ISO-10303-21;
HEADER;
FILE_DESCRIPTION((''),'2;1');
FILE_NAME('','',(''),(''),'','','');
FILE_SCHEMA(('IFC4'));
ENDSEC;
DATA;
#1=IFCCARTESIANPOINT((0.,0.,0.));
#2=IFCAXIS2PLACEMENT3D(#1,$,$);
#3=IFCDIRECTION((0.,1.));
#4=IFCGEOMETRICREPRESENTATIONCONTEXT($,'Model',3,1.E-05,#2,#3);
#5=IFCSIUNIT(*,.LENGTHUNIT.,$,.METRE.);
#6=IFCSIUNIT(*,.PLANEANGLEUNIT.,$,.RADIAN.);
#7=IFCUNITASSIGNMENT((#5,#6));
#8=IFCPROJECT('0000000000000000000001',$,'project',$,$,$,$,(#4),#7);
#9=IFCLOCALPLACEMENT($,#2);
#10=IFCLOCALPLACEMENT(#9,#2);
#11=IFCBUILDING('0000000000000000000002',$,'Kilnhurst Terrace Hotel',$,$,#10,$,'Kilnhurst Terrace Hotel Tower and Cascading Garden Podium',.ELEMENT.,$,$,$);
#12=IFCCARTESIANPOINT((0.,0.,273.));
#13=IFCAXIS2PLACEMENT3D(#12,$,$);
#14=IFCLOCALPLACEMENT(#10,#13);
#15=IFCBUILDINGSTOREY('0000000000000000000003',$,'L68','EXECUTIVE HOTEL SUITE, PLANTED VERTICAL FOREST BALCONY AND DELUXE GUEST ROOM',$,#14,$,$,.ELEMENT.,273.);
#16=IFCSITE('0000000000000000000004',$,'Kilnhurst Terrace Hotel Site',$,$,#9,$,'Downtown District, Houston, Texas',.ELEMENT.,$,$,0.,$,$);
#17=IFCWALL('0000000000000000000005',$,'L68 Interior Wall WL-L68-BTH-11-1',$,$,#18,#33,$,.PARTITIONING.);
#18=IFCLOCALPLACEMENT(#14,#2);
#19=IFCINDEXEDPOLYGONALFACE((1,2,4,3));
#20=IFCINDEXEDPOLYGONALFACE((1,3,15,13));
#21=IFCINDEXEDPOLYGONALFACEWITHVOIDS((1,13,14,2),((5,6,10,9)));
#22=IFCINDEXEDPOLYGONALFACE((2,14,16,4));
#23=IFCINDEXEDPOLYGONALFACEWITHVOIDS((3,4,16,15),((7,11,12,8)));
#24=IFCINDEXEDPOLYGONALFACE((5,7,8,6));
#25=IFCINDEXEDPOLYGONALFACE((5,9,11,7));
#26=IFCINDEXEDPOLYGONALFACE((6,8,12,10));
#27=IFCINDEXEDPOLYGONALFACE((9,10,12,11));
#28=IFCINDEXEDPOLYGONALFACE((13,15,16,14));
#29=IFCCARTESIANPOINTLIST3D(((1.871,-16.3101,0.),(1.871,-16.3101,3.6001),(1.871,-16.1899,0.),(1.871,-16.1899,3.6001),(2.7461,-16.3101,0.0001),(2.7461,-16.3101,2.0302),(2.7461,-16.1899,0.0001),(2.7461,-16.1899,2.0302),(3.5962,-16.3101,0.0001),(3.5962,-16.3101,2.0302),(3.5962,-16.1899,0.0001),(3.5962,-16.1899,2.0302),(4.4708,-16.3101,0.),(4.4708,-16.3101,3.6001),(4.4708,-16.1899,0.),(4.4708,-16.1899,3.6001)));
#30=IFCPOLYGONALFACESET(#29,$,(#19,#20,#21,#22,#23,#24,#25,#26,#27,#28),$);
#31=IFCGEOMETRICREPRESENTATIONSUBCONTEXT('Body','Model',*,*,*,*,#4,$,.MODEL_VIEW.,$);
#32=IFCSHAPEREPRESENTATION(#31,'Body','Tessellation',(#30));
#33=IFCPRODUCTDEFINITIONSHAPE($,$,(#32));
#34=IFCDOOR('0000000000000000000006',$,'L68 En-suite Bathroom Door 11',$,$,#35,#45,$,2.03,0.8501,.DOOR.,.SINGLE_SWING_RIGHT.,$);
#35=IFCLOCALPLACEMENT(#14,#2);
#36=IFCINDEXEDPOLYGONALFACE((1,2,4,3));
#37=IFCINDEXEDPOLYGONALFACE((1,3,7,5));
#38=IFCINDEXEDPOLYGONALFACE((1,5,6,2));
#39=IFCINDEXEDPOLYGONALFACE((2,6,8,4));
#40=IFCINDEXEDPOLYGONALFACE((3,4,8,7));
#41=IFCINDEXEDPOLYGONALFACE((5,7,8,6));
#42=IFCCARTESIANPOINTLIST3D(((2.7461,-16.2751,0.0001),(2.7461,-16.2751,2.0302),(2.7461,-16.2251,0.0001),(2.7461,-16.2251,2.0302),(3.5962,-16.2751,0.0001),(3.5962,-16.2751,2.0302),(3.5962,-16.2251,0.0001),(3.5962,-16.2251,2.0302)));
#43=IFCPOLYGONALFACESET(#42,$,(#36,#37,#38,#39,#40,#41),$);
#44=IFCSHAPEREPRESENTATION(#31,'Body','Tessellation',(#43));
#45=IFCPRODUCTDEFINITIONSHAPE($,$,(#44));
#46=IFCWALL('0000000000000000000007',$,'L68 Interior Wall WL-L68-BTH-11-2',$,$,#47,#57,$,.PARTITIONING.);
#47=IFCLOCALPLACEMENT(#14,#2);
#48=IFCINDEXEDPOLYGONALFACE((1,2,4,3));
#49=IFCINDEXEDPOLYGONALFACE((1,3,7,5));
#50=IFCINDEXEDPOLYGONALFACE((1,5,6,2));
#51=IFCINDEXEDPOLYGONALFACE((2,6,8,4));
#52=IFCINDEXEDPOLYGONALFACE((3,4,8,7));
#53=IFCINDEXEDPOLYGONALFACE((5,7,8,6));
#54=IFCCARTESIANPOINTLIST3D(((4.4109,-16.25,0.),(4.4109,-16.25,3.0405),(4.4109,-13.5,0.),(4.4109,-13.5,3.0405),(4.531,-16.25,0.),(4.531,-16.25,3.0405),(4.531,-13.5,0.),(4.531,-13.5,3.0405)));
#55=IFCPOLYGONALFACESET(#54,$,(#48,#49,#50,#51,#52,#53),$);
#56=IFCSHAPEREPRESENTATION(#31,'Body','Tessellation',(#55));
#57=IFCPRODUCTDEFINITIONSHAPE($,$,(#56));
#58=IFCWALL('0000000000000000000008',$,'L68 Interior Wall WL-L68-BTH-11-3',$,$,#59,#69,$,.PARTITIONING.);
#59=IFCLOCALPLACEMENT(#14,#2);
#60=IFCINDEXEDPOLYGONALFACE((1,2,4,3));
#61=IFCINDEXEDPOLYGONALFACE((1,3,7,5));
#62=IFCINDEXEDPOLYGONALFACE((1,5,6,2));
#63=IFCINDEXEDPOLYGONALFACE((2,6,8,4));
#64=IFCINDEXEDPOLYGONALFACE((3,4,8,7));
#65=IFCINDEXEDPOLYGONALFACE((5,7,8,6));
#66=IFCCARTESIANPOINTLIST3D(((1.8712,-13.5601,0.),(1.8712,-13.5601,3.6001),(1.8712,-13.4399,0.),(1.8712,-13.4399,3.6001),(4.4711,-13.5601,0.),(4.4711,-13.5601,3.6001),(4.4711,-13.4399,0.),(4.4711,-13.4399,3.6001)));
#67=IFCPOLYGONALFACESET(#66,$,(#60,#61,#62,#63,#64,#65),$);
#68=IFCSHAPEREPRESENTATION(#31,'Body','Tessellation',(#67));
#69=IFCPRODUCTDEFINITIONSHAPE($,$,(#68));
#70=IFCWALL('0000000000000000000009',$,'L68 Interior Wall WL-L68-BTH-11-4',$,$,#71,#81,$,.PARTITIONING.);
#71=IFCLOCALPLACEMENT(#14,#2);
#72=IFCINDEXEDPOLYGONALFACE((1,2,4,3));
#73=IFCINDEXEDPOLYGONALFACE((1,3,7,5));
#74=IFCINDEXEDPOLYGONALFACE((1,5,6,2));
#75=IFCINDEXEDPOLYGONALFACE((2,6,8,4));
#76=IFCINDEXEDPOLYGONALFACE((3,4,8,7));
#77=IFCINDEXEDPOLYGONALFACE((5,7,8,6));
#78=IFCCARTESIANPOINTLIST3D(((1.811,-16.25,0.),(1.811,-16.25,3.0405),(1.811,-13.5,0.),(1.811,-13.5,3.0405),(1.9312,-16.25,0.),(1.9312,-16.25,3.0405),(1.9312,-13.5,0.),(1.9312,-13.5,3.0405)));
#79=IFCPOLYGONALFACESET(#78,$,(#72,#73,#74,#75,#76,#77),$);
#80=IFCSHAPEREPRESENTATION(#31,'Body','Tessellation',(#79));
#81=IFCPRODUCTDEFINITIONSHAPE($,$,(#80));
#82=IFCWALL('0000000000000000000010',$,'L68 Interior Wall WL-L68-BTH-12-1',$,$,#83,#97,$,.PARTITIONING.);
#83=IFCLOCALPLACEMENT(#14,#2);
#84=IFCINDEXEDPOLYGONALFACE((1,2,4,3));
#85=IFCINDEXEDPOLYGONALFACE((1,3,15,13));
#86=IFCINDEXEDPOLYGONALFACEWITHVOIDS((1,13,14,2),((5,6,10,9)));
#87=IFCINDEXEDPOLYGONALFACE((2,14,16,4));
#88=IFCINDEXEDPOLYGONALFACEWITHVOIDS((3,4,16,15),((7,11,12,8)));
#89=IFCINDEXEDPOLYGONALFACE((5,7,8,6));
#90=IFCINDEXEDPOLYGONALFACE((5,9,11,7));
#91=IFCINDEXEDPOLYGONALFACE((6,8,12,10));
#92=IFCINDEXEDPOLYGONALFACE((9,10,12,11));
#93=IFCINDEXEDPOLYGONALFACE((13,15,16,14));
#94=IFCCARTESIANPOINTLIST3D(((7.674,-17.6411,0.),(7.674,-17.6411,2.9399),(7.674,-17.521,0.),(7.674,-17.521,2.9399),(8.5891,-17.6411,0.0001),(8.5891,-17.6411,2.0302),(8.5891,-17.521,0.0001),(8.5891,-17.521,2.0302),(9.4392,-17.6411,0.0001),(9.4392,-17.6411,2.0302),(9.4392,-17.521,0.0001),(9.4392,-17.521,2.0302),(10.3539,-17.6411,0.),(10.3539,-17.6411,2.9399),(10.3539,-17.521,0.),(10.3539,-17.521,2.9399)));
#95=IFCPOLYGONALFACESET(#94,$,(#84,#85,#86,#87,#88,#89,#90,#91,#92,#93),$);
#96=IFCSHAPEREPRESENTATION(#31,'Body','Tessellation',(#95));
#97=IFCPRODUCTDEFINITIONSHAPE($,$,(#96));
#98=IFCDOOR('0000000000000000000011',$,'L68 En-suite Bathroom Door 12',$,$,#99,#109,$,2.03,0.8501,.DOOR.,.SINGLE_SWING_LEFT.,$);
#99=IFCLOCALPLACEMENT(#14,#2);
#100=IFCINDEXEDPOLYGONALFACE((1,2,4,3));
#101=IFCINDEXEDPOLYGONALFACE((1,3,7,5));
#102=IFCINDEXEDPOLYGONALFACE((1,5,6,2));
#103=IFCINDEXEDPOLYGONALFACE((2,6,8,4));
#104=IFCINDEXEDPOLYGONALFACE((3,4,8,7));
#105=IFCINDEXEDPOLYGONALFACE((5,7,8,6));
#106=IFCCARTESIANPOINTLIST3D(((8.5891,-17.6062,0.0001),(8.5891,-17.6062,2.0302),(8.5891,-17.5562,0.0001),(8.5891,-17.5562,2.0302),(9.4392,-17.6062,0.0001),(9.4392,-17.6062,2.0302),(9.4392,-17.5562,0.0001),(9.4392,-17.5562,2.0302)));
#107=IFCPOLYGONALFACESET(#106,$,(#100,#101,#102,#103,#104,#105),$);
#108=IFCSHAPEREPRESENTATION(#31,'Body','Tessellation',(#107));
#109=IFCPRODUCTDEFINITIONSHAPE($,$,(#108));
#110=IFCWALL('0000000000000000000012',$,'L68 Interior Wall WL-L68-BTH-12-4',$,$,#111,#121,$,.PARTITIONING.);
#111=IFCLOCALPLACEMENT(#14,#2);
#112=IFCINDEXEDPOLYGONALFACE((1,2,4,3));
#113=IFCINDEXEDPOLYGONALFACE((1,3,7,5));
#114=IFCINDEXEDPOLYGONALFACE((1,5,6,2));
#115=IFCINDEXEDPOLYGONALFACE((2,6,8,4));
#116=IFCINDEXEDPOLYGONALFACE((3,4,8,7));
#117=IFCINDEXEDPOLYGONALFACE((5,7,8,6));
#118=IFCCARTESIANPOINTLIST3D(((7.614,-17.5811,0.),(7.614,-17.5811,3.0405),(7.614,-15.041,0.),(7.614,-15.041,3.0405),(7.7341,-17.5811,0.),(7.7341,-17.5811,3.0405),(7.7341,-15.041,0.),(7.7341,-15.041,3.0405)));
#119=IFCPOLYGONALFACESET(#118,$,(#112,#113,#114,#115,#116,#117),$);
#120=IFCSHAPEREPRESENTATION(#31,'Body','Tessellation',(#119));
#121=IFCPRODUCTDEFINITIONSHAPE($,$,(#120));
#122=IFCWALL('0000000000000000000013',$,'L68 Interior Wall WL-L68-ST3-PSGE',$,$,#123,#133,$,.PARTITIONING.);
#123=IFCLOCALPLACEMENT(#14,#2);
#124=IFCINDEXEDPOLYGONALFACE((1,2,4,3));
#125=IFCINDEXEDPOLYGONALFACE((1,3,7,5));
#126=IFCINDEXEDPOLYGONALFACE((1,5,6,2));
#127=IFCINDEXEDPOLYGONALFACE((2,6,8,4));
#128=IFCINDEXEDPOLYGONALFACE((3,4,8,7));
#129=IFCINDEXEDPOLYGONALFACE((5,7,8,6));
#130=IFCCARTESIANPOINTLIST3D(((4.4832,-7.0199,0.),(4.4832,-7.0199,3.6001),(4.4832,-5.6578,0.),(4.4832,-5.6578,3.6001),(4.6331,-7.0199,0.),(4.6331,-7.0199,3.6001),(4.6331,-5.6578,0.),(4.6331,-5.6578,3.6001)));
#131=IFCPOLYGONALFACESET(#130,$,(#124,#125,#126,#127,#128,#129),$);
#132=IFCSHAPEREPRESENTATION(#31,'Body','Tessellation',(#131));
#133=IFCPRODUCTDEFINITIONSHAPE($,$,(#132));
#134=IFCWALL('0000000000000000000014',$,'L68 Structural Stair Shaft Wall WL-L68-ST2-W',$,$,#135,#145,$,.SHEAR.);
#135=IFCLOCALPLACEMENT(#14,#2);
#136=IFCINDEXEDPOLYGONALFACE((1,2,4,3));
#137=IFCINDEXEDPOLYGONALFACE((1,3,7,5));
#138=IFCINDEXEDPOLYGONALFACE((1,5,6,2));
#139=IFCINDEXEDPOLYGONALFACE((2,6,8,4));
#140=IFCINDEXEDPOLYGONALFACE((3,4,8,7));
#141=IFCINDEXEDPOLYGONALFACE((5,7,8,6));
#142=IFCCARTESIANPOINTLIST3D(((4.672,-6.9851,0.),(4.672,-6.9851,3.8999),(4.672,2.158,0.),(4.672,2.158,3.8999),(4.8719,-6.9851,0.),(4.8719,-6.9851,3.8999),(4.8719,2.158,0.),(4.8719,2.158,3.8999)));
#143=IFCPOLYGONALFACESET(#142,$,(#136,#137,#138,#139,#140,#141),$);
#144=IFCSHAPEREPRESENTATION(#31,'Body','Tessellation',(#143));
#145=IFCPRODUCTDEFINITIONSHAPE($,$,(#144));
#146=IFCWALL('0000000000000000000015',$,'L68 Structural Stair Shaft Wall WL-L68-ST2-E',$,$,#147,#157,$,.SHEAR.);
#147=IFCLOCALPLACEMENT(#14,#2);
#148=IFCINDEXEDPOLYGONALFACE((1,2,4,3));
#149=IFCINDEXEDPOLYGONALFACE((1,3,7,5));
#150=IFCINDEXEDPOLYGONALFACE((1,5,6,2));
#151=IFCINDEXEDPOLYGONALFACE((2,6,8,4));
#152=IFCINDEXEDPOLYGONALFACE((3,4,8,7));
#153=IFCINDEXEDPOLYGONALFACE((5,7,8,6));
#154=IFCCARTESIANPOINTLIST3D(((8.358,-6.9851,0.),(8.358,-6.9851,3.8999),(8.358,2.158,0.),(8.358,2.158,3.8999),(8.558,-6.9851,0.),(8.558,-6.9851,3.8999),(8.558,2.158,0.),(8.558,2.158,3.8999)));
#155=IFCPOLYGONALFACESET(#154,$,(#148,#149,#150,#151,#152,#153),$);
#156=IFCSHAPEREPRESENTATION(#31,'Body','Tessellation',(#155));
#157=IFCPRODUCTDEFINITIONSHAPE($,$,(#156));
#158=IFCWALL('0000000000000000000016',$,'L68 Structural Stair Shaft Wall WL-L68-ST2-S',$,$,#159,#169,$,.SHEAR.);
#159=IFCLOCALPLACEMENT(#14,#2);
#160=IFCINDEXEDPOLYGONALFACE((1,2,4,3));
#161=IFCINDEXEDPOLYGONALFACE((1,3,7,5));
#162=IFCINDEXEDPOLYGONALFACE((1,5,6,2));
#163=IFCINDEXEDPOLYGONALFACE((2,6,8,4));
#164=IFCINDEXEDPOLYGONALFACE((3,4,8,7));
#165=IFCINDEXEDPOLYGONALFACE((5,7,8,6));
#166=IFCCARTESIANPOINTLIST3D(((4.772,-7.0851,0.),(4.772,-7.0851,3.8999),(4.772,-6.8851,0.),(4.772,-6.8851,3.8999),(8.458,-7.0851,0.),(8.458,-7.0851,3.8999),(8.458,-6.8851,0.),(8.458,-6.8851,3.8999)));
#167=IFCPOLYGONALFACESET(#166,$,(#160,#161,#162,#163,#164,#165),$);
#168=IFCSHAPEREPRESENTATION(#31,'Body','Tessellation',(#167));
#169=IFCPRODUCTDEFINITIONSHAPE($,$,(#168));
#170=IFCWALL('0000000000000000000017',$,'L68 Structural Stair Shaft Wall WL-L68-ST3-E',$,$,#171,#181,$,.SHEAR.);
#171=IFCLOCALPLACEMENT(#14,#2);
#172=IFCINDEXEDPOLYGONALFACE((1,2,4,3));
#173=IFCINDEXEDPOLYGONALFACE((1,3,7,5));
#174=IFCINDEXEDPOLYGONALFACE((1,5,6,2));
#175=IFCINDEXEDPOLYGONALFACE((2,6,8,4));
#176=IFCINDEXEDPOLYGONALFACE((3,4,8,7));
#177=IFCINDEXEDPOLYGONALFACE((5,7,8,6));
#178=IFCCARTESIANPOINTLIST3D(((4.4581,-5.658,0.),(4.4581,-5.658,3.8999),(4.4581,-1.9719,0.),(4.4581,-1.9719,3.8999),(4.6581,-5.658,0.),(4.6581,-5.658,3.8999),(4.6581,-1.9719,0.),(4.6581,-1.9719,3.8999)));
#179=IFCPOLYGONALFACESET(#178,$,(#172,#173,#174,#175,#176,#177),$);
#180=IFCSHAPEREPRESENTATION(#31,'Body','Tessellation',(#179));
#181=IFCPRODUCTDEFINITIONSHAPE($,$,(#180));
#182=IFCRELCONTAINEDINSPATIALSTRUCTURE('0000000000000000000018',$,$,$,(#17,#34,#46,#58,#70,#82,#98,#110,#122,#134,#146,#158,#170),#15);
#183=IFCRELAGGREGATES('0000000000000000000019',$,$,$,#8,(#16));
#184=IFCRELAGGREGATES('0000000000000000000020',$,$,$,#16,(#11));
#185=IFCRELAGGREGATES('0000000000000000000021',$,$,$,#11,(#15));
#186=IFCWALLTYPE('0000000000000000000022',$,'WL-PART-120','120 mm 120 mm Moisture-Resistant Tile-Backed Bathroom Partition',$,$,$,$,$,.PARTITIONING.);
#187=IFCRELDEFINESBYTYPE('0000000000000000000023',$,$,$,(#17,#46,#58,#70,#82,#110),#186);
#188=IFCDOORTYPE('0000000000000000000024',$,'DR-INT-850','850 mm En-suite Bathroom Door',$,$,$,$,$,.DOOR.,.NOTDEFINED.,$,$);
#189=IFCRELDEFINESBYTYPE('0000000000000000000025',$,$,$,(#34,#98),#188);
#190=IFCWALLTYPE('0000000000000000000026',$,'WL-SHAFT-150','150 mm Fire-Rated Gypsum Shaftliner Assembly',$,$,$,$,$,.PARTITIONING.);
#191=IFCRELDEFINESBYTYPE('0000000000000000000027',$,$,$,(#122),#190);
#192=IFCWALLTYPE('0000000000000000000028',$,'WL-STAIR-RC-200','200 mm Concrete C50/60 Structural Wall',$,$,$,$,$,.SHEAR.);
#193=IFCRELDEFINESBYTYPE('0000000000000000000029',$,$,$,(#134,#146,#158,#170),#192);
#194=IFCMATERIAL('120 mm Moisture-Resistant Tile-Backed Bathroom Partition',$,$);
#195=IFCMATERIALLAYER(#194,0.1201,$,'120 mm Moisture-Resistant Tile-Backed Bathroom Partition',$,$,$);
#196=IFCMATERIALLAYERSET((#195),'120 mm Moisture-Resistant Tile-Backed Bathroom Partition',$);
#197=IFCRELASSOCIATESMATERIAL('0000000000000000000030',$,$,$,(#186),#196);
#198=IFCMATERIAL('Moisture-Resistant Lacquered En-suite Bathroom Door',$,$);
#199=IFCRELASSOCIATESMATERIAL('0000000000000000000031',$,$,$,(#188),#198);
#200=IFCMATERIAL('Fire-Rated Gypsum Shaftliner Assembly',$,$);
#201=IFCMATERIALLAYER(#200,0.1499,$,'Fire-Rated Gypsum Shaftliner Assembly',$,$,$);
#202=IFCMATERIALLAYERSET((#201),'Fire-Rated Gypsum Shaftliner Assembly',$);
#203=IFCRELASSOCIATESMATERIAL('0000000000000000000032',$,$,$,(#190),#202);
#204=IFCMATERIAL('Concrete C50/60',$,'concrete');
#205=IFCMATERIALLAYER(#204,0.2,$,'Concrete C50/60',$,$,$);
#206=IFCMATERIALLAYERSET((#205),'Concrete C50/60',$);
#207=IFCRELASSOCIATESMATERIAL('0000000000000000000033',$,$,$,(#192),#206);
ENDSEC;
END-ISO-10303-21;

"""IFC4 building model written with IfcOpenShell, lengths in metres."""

from ifc_helpers import new_model, si_unit, direction, frame, frame_2d, origin, place, context, subcontext, project, spatial, rectangle, extrude, material, layer, layer_set, type_object, element, fill, save


model = new_model("IFC4")

# Units and contexts
model_context = context("Model", 3, precision=1e-05, world=origin(), true_north=direction((0.0, 1.0)))
body_context = subcontext(model_context, "Body", "Model", "MODEL_VIEW")
ifc_project = project(units=[si_unit("LENGTHUNIT", "METRE"), si_unit("PLANEANGLEUNIT", "RADIAN")], contexts=[model_context])

# Site, building, storey
site_placement = place(None, origin())
site = spatial("IfcSite", under=ifc_project, at=site_placement, Name="Kilnhurst Terrace Hotel Site", LongName="Downtown District, Houston, Texas", CompositionType="ELEMENT", RefElevation=0.0)
building_placement = place(site_placement, origin())
building = spatial("IfcBuilding", under=site, at=building_placement, Name="Kilnhurst Terrace Hotel", LongName="Kilnhurst Terrace Hotel Tower and Cascading Garden Podium", CompositionType="ELEMENT")
storey_placement = place(building_placement, frame((0.0, 0.0, 273.0)))
storey = spatial("IfcBuildingStorey", under=building, at=storey_placement, Name="L68", Description="EXECUTIVE HOTEL SUITE, PLANTED VERTICAL FOREST BALCONY AND DELUXE GUEST ROOM", CompositionType="ELEMENT", Elevation=273.0)

# Shared definitions
ifc_material_1 = material(Name="Concrete C50/60", Category="concrete")

# Wall, opening, door
ifc_material_2 = material(Name="120 mm Moisture-Resistant Tile-Backed Bathroom Partition")
ifc_layer_1 = layer(ifc_material_2, 0.1201, Name="120 mm Moisture-Resistant Tile-Backed Bathroom Partition")
ifc_layer_set_1 = layer_set([ifc_layer_1], Name="120 mm Moisture-Resistant Tile-Backed Bathroom Partition")
wall_type_1 = type_object("IfcWallType", Name="WL-PART-120", Description="120 mm 120 mm Moisture-Resistant Tile-Backed Bathroom Partition", PredefinedType="PARTITIONING", material=ifc_layer_set_1)
wall_1_placement = place(storey_placement, frame((1.8711, -16.25, 0.0), z_axis=(0.0, 0.0, 1.0), x_axis=(1.0, 0.0, 0.0)))
wall_1 = element("IfcWall", 1, at=wall_1_placement, inside=storey, type_object=wall_type_1, Name="L68 Interior Wall WL-L68-BTH-11-1", PredefinedType="PARTITIONING", context=body_context, shape_type="SweptSolid", body=[
    extrude(rectangle(XDim=2.5999, YDim=0.1201, at=frame_2d((1.2998, 0.0))), origin(), (0.0, 0.0, 1.0), 3.6001),
])
opening_1_placement = place(wall_1_placement, frame((0.875, 0.0, 0.0)))
opening_1 = element("IfcOpeningElement", 2, at=opening_1_placement, cuts=wall_1, PredefinedType="OPENING", context=body_context, shape_type="SweptSolid", body=[
    extrude(rectangle(XDim=0.8501, YDim=2.03, at=frame_2d((0.425, 1.0151))), frame((0.0, 0.0701, 0.0), z_axis=(0.0, -1.0, 0.0), x_axis=(1.0, 0.0, 0.0)), (0.0, 0.0, 1.0), 0.1401),
])
ifc_material_3 = material(Name="Moisture-Resistant Lacquered En-suite Bathroom Door")
door_type = type_object("IfcDoorType", Name="DR-INT-850", Description="850 mm En-suite Bathroom Door", OperationType="NOTDEFINED", PredefinedType="DOOR", material=ifc_material_3)
door_1_placement = place(opening_1_placement, origin())
door_1 = element("IfcDoor", 3, at=door_1_placement, inside=storey, type_object=door_type, Name="L68 En-suite Bathroom Door 11", OperationType="SINGLE_SWING_RIGHT", OverallHeight=2.03, OverallWidth=0.8501, PredefinedType="DOOR", context=body_context, shape_type="SweptSolid", body=[
    extrude(rectangle(XDim=0.8501, YDim=2.03, at=frame_2d((0.425, 1.0151))), frame((0.0, 0.0249, 0.0), z_axis=(0.0, -1.0, 0.0), x_axis=(1.0, 0.0, 0.0)), (0.0, 0.0, 1.0), 0.05),
])
fill(opening_1, door_1)

# Walls
wall_2_placement = place(storey_placement, frame((4.4709, -16.25, 0.0), z_axis=(0.0, 0.0, 1.0), x_axis=(0.0, 1.0, 0.0)))
element("IfcWall", 4, at=wall_2_placement, inside=storey, type_object=wall_type_1, Name="L68 Interior Wall WL-L68-BTH-11-2", PredefinedType="PARTITIONING", context=body_context, shape_type="SweptSolid", body=[
    extrude(rectangle(XDim=2.75, YDim=0.1201, at=frame_2d((1.375, 0.0))), origin(), (0.0, 0.0, 1.0), 3.0405),
])
wall_3_placement = place(storey_placement, frame((4.4709, -13.5, 0.0), z_axis=(0.0, 0.0, 1.0), x_axis=(-1.0, 0.0, 0.0)))
element("IfcWall", 5, at=wall_3_placement, inside=storey, type_object=wall_type_1, Name="L68 Interior Wall WL-L68-BTH-11-3", PredefinedType="PARTITIONING", context=body_context, shape_type="SweptSolid", body=[
    extrude(rectangle(XDim=2.5999, YDim=0.1201, at=frame_2d((1.2998, 0.0))), origin(), (0.0, 0.0, 1.0), 3.6001),
])
wall_4_placement = place(storey_placement, frame((1.8711, -13.5, 0.0), z_axis=(0.0, 0.0, 1.0), x_axis=(0.0, -1.0, 0.0)))
element("IfcWall", 6, at=wall_4_placement, inside=storey, type_object=wall_type_1, Name="L68 Interior Wall WL-L68-BTH-11-4", PredefinedType="PARTITIONING", context=body_context, shape_type="SweptSolid", body=[
    extrude(rectangle(XDim=2.75, YDim=0.1201, at=frame_2d((1.375, 0.0))), origin(), (0.0, 0.0, 1.0), 3.0405),
])

# Wall, opening, door
wall_5_placement = place(storey_placement, frame((7.6741, -17.5811, 0.0), z_axis=(0.0, 0.0, 1.0), x_axis=(1.0, 0.0, 0.0)))
wall_5 = element("IfcWall", 7, at=wall_5_placement, inside=storey, type_object=wall_type_1, Name="L68 Interior Wall WL-L68-BTH-12-1", PredefinedType="PARTITIONING", context=body_context, shape_type="SweptSolid", body=[
    extrude(rectangle(XDim=2.6799, YDim=0.1201, at=frame_2d((1.3398, 0.0))), origin(), (0.0, 0.0, 1.0), 2.9399),
])
opening_2_placement = place(wall_5_placement, frame((0.915, 0.0, 0.0)))
opening_2 = element("IfcOpeningElement", 8, at=opening_2_placement, cuts=wall_5, PredefinedType="OPENING", context=body_context, shape_type="SweptSolid", body=[
    extrude(rectangle(XDim=0.8501, YDim=2.03, at=frame_2d((0.425, 1.0151))), frame((0.0, 0.0701, 0.0), z_axis=(0.0, -1.0, 0.0), x_axis=(1.0, 0.0, 0.0)), (0.0, 0.0, 1.0), 0.1401),
])
door_2_placement = place(opening_2_placement, origin())
door_2 = element("IfcDoor", 9, at=door_2_placement, inside=storey, type_object=door_type, Name="L68 En-suite Bathroom Door 12", OperationType="SINGLE_SWING_LEFT", OverallHeight=2.03, OverallWidth=0.8501, PredefinedType="DOOR", context=body_context, shape_type="SweptSolid", body=[
    extrude(rectangle(XDim=0.8501, YDim=2.03, at=frame_2d((0.425, 1.0151))), frame((0.0, 0.0249, 0.0), z_axis=(0.0, -1.0, 0.0), x_axis=(1.0, 0.0, 0.0)), (0.0, 0.0, 1.0), 0.05),
])
fill(opening_2, door_2)

# Walls
wall_6_placement = place(storey_placement, frame((7.6741, -15.041, 0.0), z_axis=(0.0, 0.0, 1.0), x_axis=(0.0, -1.0, 0.0)))
element("IfcWall", 10, at=wall_6_placement, inside=storey, type_object=wall_type_1, Name="L68 Interior Wall WL-L68-BTH-12-4", PredefinedType="PARTITIONING", context=body_context, shape_type="SweptSolid", body=[
    extrude(rectangle(XDim=2.54, YDim=0.1201, at=frame_2d((1.27, 0.0))), origin(), (0.0, 0.0, 1.0), 3.0405),
])
ifc_material_4 = material(Name="Fire-Rated Gypsum Shaftliner Assembly")
ifc_layer_2 = layer(ifc_material_4, 0.1499, Name="Fire-Rated Gypsum Shaftliner Assembly")
ifc_layer_set_2 = layer_set([ifc_layer_2], Name="Fire-Rated Gypsum Shaftliner Assembly")
wall_type_2 = type_object("IfcWallType", Name="WL-SHAFT-150", Description="150 mm Fire-Rated Gypsum Shaftliner Assembly", PredefinedType="PARTITIONING", material=ifc_layer_set_2)
wall_7_placement = place(storey_placement, frame((4.5581, -7.02, 0.0), z_axis=(0.0, 0.0, 1.0), x_axis=(0.0, 1.0, 0.0)))
element("IfcWall", 11, at=wall_7_placement, inside=storey, type_object=wall_type_2, Name="L68 Interior Wall WL-L68-ST3-PSGE", PredefinedType="PARTITIONING", context=body_context, shape_type="SweptSolid", body=[
    extrude(rectangle(XDim=1.3621, YDim=0.1499, at=frame_2d((0.6812, 0.0))), origin(), (0.0, 0.0, 1.0), 3.6001),
])
ifc_layer_3 = layer(ifc_material_1, 0.2, Name="Concrete C50/60")
ifc_layer_set_3 = layer_set([ifc_layer_3], Name="Concrete C50/60")
wall_type_3 = type_object("IfcWallType", Name="WL-STAIR-RC-200", Description="200 mm Concrete C50/60 Structural Wall", PredefinedType="SHEAR", material=ifc_layer_set_3)
for number, where, z_axis, x_axis, name in (
    (12, (4.772, -6.9851, 0.0), (0.0, 0.0, 1.0), (0.0, 1.0, 0.0), "L68 Structural Stair Shaft Wall WL-L68-ST2-W"),
    (13, (8.458, -6.9851, 0.0), (0.0, 0.0, 1.0), (0.0, 1.0, 0.0), "L68 Structural Stair Shaft Wall WL-L68-ST2-E"),
):
    element("IfcWall", number, at=place(storey_placement, frame(where, z_axis=z_axis, x_axis=x_axis)), inside=storey, type_object=wall_type_3, Name=name, PredefinedType="SHEAR", context=body_context, shape_type="SweptSolid", body=[
        extrude(rectangle(XDim=9.1431, YDim=0.2, at=frame_2d((4.5715, 0.0))), origin(), (0.0, 0.0, 1.0), 3.8999),
    ])
for number, where, z_axis, x_axis, name in (
    (14, (4.772, -6.9851, 0.0), (0.0, 0.0, 1.0), (1.0, 0.0, 0.0), "L68 Structural Stair Shaft Wall WL-L68-ST2-S"),
    (15, (4.5581, -5.658, 0.0), (0.0, 0.0, 1.0), (0.0, 1.0, 0.0), "L68 Structural Stair Shaft Wall WL-L68-ST3-E"),
):
    element("IfcWall", number, at=place(storey_placement, frame(where, z_axis=z_axis, x_axis=x_axis)), inside=storey, type_object=wall_type_3, Name=name, PredefinedType="SHEAR", context=body_context, shape_type="SweptSolid", body=[
        extrude(rectangle(XDim=3.686, YDim=0.2, at=frame_2d((1.843, 0.0))), origin(), (0.0, 0.0, 1.0), 3.8999),
    ])

save(model, "model.ifc")
